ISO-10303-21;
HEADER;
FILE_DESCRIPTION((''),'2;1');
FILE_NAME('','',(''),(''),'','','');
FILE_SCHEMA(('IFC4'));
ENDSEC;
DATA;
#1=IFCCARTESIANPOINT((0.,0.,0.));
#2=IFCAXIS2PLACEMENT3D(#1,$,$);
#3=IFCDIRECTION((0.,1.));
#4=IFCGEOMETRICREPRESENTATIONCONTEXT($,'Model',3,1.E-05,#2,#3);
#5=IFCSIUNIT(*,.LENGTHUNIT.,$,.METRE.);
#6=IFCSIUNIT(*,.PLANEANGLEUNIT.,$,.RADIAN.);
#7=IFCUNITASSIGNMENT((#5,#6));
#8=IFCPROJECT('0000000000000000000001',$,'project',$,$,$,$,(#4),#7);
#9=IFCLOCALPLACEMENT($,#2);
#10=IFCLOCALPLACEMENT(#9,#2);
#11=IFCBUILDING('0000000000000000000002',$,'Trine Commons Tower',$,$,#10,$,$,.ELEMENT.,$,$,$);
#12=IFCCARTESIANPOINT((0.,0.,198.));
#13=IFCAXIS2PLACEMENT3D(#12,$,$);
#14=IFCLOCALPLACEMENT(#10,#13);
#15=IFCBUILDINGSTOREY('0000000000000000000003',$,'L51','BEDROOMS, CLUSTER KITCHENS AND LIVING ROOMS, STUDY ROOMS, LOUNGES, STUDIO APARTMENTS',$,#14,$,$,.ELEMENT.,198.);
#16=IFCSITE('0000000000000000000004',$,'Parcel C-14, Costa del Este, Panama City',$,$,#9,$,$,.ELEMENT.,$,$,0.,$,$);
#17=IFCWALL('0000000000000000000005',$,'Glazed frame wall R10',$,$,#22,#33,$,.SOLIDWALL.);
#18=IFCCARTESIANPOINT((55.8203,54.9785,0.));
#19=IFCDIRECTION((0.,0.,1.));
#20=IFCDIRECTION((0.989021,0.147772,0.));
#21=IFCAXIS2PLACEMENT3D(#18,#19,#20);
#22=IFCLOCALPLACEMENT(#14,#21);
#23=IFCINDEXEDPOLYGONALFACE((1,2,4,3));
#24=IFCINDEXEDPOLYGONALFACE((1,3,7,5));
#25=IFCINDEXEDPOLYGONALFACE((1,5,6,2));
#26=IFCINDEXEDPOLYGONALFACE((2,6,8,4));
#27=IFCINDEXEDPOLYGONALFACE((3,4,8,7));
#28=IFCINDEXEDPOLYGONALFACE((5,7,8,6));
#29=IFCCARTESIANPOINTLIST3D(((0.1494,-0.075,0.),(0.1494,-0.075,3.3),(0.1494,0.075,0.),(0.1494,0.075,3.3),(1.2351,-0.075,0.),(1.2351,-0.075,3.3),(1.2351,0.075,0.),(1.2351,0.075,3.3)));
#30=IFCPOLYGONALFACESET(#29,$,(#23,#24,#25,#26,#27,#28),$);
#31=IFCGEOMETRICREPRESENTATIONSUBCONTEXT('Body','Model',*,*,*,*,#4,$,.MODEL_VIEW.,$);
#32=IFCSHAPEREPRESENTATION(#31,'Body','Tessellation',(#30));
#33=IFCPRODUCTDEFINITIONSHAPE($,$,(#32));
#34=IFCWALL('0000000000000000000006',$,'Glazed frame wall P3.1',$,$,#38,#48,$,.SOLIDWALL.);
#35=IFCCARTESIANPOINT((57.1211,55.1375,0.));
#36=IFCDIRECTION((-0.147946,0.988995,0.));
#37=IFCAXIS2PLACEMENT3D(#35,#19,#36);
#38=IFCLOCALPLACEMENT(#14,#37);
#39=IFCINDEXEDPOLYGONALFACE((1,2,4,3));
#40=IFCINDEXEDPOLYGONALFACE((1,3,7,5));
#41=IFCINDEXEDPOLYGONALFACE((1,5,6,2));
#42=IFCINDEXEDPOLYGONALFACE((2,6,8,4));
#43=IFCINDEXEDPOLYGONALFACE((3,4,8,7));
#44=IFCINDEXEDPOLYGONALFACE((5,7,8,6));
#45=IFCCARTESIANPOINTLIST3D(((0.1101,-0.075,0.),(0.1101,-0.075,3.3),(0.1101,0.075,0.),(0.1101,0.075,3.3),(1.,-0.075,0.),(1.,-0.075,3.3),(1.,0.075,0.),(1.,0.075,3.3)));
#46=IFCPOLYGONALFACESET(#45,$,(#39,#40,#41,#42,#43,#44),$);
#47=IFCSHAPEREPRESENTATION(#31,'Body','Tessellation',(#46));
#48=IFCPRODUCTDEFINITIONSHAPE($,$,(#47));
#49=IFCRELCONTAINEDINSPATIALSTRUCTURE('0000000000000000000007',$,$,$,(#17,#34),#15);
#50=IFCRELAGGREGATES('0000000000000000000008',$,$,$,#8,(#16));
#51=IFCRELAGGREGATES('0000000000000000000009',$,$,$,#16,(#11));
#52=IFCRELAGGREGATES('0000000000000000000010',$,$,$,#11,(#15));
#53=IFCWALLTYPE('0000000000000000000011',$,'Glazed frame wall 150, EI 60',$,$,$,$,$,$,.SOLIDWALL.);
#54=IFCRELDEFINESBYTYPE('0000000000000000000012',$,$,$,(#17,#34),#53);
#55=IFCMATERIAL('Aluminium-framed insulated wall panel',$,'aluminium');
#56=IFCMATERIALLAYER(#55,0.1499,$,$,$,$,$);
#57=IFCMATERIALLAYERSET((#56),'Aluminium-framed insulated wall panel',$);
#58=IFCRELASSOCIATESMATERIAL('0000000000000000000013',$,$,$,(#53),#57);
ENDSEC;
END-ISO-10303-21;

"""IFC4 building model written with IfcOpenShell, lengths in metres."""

from ifc_helpers import new_model, si_unit, direction, frame, origin, place, context, subcontext, project, spatial, polyline, outline, extrude, material, layer, layer_set, type_object, element, save


model = new_model("IFC4")

# Units and contexts
model_context = context("Model", 3, precision=1e-05, world=origin(), true_north=direction((0.0, 1.0)))
body_context = subcontext(model_context, "Body", "Model", "MODEL_VIEW")
ifc_project = project(units=[si_unit("LENGTHUNIT", "METRE"), si_unit("PLANEANGLEUNIT", "RADIAN")], contexts=[model_context])

# Site, building, storey
site_placement = place(None, origin())
site = spatial("IfcSite", under=ifc_project, at=site_placement, Name="Parcel C-14, Costa del Este, Panama City", CompositionType="ELEMENT", RefElevation=0.0)
building_placement = place(site_placement, origin())
building = spatial("IfcBuilding", under=site, at=building_placement, Name="Trine Commons Tower", CompositionType="ELEMENT")
storey_placement = place(building_placement, frame((0.0, 0.0, 198.0)))
storey = spatial("IfcBuildingStorey", under=building, at=storey_placement, Name="L51", Description="BEDROOMS, CLUSTER KITCHENS AND LIVING ROOMS, STUDY ROOMS, LOUNGES, STUDIO APARTMENTS", CompositionType="ELEMENT", Elevation=198.0)

# Walls
ifc_material_1 = material(Name="Aluminium-framed insulated wall panel", Category="aluminium")
ifc_layer_1 = layer(ifc_material_1, 0.1499)
ifc_layer_set_1 = layer_set([ifc_layer_1], Name="Aluminium-framed insulated wall panel")
wall_type_1 = type_object("IfcWallType", Name="Glazed frame wall 150, EI 60", PredefinedType="SOLIDWALL", material=ifc_layer_set_1)
wall_1_placement = place(storey_placement, frame((55.8203, 54.9785, 0.0), z_axis=(0.0, 0.0, 1.0), x_axis=(0.989021, 0.147772, 0.0)))
element("IfcWall", 1, at=wall_1_placement, inside=storey, type_object=wall_type_1, Name="Glazed frame wall R10", PredefinedType="SOLIDWALL", context=body_context, shape_type="SweptSolid", body=[
    extrude(outline(polyline([(0.1494, 0.075), (0.1494, -0.075), (1.2351, -0.075), (1.2351, 0.075), (0.1494, 0.075)])), origin(), (0.0, 0.0, 1.0), 3.3),
])
wall_2_placement = place(storey_placement, frame((57.1211, 55.1375, 0.0), z_axis=(0.0, 0.0, 1.0), x_axis=(-0.147946, 0.988995, 0.0)))
element("IfcWall", 2, at=wall_2_placement, inside=storey, type_object=wall_type_1, Name="Glazed frame wall P3.1", PredefinedType="SOLIDWALL", context=body_context, shape_type="SweptSolid", body=[
    extrude(outline(polyline([(0.1101, -0.075), (1.0, -0.075), (1.0, 0.075), (0.1101, 0.075), (0.1101, -0.075)])), origin(), (0.0, 0.0, 1.0), 3.3),
])

save(model, "model.ifc")
